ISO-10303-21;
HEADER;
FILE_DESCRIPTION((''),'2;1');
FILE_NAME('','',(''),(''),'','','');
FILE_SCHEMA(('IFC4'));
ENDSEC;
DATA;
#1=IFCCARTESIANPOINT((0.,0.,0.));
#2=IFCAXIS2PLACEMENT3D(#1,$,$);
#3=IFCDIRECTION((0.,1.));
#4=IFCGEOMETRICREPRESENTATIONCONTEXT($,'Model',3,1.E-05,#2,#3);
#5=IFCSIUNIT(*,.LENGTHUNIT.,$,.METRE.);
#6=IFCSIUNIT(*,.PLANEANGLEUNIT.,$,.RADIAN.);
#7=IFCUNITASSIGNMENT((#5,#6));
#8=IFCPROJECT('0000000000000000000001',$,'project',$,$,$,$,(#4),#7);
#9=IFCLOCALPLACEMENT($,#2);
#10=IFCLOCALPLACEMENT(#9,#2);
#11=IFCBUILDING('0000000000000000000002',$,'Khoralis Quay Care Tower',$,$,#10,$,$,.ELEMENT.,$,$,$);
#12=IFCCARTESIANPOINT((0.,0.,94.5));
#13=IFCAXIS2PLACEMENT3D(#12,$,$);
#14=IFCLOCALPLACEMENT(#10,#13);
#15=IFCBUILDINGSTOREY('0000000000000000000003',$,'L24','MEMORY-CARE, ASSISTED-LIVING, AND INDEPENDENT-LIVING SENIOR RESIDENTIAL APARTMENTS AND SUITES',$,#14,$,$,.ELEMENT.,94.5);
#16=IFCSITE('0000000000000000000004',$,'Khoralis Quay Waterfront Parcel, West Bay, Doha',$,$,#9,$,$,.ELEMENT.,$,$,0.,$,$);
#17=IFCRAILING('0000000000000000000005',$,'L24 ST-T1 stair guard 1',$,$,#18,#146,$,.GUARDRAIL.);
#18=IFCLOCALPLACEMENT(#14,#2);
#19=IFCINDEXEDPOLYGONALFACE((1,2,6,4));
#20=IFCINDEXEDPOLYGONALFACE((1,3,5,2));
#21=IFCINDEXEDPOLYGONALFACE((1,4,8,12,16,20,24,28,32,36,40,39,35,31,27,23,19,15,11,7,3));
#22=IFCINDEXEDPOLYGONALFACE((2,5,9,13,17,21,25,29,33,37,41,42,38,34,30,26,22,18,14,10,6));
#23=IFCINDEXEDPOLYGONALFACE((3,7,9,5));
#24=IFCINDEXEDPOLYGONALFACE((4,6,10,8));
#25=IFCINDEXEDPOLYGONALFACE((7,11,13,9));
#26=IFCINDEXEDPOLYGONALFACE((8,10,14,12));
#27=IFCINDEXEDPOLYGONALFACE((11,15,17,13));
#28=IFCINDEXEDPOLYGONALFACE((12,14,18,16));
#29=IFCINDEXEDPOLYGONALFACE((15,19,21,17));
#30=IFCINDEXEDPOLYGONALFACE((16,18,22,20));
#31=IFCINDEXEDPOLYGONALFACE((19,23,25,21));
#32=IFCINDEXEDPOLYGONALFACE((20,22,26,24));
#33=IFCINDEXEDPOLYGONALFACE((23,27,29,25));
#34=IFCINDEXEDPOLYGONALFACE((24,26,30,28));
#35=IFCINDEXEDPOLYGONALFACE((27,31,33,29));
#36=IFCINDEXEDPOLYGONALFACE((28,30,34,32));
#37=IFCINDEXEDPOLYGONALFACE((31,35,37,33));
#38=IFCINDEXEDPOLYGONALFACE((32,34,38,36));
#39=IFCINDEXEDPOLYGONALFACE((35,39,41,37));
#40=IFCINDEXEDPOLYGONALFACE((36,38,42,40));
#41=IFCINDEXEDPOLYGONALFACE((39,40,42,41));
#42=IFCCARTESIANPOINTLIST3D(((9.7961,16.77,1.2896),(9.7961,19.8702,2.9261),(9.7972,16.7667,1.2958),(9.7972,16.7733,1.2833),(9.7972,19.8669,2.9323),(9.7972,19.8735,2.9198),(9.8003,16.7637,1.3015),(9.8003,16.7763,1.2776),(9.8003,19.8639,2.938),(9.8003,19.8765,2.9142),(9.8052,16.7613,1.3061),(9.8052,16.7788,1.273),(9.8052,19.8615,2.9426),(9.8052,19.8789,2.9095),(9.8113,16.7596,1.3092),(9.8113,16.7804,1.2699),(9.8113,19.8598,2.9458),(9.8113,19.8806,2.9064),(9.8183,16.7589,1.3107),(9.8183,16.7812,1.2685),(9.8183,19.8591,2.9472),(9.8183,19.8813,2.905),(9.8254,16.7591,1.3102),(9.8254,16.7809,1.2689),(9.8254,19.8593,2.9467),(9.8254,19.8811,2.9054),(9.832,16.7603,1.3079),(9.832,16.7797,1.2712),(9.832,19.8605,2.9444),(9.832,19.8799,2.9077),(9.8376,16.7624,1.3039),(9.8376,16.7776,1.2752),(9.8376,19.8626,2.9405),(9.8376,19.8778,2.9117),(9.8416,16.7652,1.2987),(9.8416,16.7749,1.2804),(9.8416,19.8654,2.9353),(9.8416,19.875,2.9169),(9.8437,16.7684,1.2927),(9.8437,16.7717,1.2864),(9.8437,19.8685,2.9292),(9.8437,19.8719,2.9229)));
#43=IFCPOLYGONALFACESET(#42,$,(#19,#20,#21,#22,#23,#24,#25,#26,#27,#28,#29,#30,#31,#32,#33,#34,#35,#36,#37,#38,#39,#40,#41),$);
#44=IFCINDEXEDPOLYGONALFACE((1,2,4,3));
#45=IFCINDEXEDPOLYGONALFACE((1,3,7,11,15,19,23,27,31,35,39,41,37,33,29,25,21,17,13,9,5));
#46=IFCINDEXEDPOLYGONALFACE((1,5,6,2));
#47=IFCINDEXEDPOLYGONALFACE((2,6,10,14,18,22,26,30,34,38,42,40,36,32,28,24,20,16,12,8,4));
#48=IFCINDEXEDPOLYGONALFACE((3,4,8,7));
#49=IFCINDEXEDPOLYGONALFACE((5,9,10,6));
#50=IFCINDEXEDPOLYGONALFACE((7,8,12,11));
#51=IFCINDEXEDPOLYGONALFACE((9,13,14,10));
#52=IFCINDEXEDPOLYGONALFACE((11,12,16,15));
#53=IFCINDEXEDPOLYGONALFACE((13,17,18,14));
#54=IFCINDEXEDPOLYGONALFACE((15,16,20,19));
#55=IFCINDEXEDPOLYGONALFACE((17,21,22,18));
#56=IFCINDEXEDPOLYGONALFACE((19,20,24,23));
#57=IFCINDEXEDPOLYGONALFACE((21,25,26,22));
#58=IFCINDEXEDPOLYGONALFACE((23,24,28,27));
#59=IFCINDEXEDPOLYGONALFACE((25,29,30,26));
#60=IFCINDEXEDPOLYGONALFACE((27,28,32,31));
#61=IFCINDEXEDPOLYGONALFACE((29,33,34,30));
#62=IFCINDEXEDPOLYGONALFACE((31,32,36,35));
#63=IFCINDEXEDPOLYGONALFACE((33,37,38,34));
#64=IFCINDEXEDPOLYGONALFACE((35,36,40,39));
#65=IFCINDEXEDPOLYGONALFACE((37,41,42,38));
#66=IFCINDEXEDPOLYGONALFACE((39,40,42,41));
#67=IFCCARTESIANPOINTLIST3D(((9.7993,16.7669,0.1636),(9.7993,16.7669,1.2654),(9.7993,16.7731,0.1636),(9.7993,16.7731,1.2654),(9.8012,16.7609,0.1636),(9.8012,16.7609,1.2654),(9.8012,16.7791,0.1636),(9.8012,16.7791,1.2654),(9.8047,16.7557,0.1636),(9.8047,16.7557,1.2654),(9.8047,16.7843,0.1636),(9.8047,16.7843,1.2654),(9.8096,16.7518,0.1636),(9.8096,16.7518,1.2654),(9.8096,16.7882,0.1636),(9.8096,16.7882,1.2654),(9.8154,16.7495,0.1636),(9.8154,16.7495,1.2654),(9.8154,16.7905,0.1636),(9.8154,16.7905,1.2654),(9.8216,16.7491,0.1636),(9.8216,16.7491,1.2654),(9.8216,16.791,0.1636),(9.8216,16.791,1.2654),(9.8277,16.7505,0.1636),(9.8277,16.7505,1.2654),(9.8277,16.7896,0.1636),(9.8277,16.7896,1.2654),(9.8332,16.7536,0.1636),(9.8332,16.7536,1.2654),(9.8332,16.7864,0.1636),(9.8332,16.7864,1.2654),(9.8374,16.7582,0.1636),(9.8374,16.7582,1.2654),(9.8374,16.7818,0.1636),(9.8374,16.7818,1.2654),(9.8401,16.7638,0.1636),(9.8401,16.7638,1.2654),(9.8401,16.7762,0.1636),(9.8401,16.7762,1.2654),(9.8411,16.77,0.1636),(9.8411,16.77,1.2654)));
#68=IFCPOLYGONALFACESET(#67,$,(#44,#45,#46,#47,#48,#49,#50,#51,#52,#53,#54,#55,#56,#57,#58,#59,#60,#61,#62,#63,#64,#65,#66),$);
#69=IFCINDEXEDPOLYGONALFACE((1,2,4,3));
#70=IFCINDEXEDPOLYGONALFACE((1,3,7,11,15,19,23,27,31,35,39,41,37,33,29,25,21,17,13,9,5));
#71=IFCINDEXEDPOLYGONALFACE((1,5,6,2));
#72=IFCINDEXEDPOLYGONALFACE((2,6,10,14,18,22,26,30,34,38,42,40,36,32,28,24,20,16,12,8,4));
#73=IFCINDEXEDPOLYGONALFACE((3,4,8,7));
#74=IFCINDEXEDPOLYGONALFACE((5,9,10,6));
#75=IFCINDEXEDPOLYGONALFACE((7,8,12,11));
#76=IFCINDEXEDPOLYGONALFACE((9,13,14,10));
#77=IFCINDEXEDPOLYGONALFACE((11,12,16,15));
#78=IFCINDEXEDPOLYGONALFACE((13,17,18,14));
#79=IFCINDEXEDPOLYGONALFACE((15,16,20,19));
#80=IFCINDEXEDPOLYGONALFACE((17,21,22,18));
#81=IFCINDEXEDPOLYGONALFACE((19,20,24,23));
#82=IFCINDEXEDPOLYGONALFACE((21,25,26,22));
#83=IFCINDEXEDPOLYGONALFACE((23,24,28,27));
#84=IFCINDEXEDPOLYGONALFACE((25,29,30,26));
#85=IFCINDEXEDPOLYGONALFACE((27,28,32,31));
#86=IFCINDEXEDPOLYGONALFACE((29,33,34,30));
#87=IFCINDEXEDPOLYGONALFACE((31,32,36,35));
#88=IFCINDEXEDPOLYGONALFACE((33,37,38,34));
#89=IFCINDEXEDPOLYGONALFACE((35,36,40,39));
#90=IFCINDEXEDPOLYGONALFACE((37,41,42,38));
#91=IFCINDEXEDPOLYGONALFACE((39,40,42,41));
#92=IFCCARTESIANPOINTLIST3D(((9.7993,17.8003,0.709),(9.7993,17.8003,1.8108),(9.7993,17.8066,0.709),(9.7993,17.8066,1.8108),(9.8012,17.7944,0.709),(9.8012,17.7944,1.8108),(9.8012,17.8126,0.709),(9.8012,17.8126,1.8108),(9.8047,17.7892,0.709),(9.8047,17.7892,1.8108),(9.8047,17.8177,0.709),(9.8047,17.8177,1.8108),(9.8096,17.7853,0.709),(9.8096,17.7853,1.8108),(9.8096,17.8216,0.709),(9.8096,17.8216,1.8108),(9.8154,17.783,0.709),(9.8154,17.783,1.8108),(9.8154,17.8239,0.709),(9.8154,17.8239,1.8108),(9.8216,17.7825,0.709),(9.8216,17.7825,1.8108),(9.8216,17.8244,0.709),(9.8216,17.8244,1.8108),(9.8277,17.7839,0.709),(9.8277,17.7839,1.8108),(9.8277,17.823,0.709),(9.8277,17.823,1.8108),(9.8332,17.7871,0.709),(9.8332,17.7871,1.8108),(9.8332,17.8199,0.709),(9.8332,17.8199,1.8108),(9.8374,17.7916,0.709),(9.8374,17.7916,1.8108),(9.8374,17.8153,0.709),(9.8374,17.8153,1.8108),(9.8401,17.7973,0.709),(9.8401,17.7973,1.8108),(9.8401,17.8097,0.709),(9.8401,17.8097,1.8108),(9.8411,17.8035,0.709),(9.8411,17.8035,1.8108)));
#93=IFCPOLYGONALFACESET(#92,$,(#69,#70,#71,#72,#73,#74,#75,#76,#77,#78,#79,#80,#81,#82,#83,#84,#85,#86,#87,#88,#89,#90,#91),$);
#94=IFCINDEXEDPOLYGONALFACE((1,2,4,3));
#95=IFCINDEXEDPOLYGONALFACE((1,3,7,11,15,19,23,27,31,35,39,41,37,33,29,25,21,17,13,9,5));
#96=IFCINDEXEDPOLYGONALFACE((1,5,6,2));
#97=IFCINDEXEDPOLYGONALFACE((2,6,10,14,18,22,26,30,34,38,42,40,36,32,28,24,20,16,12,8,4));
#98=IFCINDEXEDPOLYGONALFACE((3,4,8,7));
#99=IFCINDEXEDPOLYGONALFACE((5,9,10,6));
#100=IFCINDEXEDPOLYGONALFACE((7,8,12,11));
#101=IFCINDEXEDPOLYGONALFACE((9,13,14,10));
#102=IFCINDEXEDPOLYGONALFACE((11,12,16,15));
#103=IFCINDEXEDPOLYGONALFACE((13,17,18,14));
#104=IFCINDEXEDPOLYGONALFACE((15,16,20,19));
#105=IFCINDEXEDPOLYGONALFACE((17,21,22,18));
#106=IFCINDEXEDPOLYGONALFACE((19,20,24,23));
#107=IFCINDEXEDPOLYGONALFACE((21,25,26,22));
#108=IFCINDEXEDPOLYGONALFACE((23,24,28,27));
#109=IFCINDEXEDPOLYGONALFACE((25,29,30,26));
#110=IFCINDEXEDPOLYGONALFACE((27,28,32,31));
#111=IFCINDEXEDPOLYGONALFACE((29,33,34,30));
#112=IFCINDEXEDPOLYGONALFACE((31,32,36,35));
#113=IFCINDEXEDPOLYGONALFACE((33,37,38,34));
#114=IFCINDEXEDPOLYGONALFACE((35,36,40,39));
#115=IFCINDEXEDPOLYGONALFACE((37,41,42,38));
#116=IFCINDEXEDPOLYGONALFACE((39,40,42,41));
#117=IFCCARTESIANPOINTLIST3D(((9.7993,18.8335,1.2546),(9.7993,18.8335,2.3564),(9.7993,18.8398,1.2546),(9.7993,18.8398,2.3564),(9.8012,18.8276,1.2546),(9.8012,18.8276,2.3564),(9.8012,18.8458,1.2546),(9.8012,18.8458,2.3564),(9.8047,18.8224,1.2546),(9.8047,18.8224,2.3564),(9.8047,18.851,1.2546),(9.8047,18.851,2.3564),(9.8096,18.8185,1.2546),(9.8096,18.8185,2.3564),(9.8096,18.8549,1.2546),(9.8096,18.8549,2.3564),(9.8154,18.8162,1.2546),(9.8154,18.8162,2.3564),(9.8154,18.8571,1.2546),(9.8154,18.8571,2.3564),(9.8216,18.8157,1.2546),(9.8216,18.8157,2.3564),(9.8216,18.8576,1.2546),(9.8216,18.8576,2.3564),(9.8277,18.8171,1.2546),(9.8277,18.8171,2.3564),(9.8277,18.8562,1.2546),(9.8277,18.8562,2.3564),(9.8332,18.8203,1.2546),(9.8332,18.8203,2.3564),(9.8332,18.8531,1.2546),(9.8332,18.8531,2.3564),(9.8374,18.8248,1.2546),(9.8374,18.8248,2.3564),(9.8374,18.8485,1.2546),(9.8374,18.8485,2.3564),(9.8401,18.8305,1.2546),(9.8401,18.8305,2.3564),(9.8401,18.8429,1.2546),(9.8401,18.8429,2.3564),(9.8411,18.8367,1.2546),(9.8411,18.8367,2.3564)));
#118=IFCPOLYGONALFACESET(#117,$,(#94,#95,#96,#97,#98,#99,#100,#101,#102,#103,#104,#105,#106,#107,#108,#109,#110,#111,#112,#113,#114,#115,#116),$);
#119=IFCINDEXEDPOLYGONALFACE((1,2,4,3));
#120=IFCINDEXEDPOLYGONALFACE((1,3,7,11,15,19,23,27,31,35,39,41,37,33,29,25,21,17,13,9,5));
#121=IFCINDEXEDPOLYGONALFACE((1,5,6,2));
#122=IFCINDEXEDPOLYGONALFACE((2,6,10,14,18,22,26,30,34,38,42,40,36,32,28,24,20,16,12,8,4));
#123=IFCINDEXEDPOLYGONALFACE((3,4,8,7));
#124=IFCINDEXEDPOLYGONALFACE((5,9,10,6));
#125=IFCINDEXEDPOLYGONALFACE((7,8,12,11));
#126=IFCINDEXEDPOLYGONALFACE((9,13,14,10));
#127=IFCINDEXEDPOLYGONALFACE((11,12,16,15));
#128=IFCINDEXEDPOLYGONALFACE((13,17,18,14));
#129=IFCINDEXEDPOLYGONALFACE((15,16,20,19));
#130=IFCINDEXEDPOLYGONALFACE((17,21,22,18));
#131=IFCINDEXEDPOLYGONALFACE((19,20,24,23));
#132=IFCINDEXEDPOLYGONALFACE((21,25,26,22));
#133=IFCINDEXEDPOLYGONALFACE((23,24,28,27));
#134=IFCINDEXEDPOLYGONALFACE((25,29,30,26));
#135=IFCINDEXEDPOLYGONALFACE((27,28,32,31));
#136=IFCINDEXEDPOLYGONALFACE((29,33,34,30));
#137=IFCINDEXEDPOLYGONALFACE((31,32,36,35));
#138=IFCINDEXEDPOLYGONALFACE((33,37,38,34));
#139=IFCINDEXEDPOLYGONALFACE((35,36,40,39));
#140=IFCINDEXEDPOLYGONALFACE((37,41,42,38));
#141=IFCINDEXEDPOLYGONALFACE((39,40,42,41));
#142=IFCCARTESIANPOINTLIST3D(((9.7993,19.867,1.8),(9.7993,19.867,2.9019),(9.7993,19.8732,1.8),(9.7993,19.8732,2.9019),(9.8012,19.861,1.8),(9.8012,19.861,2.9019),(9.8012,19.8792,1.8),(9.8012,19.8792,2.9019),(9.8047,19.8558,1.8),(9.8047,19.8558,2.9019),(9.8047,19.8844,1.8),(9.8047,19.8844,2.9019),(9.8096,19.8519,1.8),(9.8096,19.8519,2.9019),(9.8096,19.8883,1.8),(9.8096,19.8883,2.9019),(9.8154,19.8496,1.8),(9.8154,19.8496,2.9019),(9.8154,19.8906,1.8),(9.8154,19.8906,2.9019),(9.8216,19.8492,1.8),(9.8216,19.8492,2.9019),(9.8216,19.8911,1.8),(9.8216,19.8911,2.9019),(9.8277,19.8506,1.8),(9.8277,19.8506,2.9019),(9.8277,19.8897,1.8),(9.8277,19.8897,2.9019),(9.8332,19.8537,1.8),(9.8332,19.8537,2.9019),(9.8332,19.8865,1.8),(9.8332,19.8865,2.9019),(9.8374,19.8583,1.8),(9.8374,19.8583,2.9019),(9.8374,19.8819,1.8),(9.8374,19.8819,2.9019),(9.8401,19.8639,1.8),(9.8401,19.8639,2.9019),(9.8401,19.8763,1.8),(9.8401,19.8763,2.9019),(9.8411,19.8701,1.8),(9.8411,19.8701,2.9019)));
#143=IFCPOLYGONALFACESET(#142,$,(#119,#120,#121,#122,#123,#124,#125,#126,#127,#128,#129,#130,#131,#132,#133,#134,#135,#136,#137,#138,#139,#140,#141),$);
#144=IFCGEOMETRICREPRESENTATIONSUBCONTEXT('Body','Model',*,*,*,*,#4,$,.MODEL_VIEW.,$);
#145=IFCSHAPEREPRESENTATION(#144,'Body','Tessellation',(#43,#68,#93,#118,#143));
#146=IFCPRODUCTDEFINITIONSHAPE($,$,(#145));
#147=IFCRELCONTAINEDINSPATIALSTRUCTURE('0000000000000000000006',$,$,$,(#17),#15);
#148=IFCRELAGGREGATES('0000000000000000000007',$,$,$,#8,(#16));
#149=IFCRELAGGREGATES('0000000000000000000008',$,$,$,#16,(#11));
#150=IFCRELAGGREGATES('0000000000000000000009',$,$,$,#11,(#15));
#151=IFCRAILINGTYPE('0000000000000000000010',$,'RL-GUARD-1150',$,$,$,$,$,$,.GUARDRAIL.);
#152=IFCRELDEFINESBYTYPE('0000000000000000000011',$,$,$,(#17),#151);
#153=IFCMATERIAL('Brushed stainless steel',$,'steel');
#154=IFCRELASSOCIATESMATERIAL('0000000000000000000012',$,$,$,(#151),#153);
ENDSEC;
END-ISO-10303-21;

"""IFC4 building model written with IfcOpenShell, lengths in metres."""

from ifc_helpers import new_model, si_unit, direction, frame, origin, origin_2d, place, context, subcontext, project, spatial, circle, extrude, material, type_object, element, save


model = new_model("IFC4")

# Units and contexts
model_context = context("Model", 3, precision=1e-05, world=origin(), true_north=direction((0.0, 1.0)))
body_context = subcontext(model_context, "Body", "Model", "MODEL_VIEW")
ifc_project = project(units=[si_unit("LENGTHUNIT", "METRE"), si_unit("PLANEANGLEUNIT", "RADIAN")], contexts=[model_context])

# Site, building, storey
site_placement = place(None, origin())
site = spatial("IfcSite", under=ifc_project, at=site_placement, Name="Khoralis Quay Waterfront Parcel, West Bay, Doha", CompositionType="ELEMENT", RefElevation=0.0)
building_placement = place(site_placement, origin())
building = spatial("IfcBuilding", under=site, at=building_placement, Name="Khoralis Quay Care Tower", CompositionType="ELEMENT")
storey_placement = place(building_placement, frame((0.0, 0.0, 94.5)))
storey = spatial("IfcBuildingStorey", under=building, at=storey_placement, Name="L24", Description="MEMORY-CARE, ASSISTED-LIVING, AND INDEPENDENT-LIVING SENIOR RESIDENTIAL APARTMENTS AND SUITES", CompositionType="ELEMENT", Elevation=94.5)

# Shared definitions
ifc_material_1 = material(Name="Brushed stainless steel", Category="steel")

# Railing
railing_type_1 = type_object("IfcRailingType", Name="RL-GUARD-1150", PredefinedType="GUARDRAIL", material=ifc_material_1)
railing_1_placement = place(storey_placement, frame((9.8201, 16.77, 0.1636)))
element("IfcRailing", 1, at=railing_1_placement, inside=storey, type_object=railing_type_1, Name="L24 ST-T1 stair guard 1", PredefinedType="GUARDRAIL", context=body_context, shape_type="SweptSolid", body=[
    extrude(circle(Radius=0.0239, at=origin_2d()), frame((0.0, 0.0, 1.126), z_axis=(0.0, 0.884348, 0.466828), x_axis=(-1.0, 0.0, 0.0)), (0.0, 0.0, 1.0), 3.5056),
    extrude(circle(Radius=0.021, at=origin_2d()), origin(), (0.0, 0.0, 1.0), 1.1018),
    extrude(circle(Radius=0.021, at=origin_2d()), frame((0.0, 1.0334, 0.5454)), (0.0, 0.0, 1.0), 1.1018),
    extrude(circle(Radius=0.021, at=origin_2d()), frame((0.0, 2.0667, 1.0911)), (0.0, 0.0, 1.0), 1.1018),
    extrude(circle(Radius=0.021, at=origin_2d()), frame((0.0, 3.1001, 1.6365)), (0.0, 0.0, 1.0), 1.1018),
])

save(model, "model.ifc")
